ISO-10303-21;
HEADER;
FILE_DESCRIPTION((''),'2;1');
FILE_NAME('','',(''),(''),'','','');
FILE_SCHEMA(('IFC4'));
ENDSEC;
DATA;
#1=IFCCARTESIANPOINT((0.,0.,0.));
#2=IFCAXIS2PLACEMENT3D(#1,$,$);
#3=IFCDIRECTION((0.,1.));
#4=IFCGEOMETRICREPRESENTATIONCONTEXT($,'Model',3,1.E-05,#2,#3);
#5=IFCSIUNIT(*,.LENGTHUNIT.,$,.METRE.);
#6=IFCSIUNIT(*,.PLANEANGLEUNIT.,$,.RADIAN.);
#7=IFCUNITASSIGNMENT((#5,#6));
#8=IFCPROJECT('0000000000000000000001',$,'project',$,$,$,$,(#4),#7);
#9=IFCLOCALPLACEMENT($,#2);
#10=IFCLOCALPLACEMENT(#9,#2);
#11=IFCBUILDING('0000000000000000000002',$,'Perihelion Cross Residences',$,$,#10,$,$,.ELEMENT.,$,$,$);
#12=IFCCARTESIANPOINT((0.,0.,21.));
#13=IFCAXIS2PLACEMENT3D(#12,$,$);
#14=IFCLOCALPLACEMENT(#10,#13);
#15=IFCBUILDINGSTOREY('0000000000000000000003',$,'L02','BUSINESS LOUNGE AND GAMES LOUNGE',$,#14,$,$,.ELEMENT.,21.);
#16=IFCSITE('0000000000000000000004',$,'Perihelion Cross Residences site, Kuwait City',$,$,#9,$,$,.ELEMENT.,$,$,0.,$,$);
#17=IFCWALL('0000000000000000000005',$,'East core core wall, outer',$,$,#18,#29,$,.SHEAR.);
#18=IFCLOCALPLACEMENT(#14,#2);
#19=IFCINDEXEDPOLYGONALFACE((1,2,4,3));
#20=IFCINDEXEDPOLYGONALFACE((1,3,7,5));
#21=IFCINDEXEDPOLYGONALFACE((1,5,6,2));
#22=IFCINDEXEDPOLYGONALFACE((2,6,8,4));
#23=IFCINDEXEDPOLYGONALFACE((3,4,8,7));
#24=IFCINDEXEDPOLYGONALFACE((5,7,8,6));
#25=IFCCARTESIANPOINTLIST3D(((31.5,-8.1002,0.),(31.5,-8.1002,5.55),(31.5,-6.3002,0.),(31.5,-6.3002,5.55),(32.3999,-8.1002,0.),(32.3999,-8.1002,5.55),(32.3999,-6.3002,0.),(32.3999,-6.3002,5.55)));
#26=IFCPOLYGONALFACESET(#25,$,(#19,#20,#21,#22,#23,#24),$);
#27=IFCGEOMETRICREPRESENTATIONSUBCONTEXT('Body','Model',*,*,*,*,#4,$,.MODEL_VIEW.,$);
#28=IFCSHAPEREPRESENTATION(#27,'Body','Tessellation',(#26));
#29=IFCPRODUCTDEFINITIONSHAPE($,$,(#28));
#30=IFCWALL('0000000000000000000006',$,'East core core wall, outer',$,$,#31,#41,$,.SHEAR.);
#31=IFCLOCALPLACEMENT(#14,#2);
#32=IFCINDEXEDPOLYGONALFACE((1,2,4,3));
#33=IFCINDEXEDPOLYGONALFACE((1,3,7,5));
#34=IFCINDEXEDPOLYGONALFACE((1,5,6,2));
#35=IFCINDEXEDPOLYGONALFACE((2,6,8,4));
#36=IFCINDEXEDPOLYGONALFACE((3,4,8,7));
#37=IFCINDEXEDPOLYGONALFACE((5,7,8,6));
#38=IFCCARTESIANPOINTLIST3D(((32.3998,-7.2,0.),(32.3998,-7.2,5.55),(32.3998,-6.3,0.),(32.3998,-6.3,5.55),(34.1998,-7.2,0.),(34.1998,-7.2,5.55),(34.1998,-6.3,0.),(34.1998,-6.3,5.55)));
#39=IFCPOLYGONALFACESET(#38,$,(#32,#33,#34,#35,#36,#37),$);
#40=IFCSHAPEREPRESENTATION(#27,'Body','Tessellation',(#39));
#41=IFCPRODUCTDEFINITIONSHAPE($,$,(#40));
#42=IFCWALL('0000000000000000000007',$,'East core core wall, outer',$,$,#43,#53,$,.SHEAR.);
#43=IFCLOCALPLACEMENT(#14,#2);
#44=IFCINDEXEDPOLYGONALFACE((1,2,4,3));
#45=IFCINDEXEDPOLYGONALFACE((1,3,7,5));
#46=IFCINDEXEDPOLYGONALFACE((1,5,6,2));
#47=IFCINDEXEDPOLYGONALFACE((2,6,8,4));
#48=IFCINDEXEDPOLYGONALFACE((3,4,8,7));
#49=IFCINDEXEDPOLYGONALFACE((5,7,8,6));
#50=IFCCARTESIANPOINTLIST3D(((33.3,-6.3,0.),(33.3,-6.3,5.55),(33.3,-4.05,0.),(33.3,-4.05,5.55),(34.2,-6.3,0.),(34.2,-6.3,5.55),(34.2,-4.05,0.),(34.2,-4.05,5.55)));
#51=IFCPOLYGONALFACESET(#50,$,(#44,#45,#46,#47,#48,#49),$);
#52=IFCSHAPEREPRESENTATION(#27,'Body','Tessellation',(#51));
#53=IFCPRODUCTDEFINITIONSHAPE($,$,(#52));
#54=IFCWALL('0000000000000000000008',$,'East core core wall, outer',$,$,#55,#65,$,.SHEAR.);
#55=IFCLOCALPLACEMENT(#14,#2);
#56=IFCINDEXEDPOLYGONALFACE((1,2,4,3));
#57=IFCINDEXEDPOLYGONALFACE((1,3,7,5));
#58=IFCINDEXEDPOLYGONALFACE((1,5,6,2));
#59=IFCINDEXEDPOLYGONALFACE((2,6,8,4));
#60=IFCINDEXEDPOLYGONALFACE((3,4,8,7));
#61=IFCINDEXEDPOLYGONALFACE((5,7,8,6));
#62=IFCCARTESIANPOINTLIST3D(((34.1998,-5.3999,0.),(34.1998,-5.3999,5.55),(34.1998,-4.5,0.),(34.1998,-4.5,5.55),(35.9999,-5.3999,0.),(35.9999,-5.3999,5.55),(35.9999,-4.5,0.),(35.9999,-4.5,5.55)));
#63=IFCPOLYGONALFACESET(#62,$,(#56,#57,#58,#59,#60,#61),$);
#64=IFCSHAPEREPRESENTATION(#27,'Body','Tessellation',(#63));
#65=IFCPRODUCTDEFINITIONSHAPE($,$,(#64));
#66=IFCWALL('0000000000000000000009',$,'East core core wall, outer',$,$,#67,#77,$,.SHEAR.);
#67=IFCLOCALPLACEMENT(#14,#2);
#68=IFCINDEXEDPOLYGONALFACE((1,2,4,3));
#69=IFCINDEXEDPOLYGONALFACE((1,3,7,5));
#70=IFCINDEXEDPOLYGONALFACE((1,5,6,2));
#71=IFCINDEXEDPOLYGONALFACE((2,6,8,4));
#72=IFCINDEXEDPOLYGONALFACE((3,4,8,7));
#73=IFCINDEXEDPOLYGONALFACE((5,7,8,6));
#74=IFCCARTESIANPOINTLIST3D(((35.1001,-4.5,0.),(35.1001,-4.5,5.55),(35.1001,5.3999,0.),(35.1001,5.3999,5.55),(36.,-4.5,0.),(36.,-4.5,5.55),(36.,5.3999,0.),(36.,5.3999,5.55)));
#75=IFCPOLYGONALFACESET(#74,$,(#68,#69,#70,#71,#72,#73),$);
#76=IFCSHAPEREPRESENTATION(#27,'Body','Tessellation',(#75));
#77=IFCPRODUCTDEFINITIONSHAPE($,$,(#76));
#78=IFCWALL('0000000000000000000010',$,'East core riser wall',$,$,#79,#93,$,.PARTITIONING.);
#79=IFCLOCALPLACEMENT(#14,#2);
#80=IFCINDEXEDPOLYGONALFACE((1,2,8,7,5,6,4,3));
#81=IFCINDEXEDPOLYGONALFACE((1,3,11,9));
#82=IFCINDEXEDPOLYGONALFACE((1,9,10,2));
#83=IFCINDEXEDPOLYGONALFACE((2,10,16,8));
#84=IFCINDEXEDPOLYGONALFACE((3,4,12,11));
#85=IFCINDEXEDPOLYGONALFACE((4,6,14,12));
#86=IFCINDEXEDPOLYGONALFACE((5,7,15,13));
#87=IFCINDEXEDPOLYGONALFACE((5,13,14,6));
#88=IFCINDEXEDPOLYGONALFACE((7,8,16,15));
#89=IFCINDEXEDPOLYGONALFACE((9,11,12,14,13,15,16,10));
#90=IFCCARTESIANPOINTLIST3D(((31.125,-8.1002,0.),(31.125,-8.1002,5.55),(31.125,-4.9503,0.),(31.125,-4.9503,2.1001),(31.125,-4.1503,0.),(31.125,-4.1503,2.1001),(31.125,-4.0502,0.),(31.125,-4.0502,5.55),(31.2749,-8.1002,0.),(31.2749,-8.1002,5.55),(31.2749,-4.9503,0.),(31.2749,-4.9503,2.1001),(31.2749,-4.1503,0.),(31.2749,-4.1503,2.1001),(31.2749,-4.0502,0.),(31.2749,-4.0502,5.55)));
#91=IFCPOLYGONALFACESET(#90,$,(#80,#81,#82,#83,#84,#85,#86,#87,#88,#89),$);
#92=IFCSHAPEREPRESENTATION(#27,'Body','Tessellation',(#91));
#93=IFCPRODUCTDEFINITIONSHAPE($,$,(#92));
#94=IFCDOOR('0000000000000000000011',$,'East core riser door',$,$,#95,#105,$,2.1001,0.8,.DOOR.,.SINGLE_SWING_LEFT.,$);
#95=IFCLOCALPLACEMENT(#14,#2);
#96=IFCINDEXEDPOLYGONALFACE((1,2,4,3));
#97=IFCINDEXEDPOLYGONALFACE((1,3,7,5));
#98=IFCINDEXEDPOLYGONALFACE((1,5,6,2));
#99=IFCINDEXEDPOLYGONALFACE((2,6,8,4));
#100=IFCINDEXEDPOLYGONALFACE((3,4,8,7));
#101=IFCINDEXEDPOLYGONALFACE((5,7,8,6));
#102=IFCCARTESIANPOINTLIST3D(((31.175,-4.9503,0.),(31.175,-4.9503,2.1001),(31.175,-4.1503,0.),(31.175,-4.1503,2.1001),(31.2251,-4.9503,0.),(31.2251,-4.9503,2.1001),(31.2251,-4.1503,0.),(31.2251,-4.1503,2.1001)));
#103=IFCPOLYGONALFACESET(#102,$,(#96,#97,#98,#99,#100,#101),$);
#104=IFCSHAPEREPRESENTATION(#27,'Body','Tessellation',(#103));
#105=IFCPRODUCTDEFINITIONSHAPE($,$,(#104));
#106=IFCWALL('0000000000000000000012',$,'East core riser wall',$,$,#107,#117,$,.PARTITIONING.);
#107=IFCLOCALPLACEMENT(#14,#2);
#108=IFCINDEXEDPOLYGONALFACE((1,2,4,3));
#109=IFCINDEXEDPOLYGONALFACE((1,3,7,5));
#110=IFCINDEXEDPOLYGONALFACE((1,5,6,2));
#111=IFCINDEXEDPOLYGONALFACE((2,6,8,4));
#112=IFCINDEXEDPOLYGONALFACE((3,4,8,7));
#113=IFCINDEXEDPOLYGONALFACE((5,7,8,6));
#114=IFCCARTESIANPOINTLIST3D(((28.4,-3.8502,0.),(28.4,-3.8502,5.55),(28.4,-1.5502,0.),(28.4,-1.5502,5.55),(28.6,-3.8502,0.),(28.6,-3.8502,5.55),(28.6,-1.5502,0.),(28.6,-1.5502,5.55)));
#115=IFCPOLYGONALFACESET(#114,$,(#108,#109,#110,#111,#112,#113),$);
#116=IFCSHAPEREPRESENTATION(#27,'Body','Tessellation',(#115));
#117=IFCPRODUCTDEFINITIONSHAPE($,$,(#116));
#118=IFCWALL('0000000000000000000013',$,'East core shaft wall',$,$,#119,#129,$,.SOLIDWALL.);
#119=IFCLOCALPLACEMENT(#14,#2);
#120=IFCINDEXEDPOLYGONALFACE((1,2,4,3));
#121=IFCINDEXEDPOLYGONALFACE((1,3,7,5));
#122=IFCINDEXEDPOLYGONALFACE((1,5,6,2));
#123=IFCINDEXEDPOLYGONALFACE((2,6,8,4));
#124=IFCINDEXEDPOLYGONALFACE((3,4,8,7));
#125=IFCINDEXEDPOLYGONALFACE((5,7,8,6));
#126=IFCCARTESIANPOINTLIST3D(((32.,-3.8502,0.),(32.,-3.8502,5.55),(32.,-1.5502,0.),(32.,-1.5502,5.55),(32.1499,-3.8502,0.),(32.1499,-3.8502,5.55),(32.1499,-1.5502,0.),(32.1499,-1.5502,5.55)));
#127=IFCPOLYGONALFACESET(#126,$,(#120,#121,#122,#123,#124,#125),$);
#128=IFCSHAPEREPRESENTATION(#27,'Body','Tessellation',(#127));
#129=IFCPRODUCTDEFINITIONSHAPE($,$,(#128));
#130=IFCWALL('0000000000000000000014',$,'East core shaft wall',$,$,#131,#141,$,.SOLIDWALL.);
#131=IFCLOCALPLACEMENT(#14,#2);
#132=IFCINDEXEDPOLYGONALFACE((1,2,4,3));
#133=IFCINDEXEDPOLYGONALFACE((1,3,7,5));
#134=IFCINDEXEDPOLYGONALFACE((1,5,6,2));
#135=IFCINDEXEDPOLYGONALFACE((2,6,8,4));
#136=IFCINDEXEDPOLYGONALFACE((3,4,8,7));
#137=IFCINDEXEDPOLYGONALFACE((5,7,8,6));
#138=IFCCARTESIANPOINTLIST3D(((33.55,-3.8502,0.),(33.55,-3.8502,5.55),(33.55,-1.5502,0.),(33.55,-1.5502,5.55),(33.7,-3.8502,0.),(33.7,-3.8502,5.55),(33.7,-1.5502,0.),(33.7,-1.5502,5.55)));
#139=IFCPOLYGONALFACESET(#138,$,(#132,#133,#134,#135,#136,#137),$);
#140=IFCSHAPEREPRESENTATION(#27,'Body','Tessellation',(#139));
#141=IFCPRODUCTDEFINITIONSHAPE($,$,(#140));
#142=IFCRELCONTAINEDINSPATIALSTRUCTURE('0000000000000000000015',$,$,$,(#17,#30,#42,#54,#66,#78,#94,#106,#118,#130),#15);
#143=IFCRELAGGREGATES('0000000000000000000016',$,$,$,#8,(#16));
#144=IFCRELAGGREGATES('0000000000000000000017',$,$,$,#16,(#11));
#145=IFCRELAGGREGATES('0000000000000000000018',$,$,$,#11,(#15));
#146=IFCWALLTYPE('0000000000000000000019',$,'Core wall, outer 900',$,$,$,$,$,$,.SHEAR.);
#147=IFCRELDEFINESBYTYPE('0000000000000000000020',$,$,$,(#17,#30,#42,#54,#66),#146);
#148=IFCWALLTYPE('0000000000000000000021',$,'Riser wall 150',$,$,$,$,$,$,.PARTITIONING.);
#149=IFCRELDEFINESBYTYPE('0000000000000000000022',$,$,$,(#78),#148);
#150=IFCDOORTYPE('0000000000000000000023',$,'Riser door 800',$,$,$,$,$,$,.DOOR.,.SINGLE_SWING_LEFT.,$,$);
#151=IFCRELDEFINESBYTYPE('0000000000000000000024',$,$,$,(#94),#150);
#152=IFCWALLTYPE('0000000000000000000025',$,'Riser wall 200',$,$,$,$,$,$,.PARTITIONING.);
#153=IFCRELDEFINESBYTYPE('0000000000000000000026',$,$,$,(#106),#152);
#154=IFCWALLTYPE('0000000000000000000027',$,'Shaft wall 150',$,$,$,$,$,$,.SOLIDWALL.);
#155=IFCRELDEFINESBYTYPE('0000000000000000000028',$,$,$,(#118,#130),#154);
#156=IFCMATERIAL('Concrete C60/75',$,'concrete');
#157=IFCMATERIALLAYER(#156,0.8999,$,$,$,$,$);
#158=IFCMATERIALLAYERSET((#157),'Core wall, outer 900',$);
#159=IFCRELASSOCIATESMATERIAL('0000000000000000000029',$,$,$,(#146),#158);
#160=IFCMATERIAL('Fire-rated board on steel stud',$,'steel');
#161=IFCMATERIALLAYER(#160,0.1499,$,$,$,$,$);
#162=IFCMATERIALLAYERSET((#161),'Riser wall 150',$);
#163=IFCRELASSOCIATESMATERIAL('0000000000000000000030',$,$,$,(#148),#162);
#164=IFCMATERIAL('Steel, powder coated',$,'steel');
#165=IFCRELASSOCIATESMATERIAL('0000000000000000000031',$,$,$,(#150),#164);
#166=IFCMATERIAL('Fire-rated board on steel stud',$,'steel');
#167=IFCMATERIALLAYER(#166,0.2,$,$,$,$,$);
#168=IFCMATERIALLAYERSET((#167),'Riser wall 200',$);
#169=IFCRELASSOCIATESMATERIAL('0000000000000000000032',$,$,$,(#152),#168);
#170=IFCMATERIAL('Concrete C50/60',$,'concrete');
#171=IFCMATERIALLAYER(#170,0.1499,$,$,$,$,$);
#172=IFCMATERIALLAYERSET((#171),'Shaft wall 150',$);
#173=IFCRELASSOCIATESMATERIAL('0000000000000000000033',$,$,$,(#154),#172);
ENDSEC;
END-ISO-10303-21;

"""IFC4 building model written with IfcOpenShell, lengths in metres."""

from ifc_helpers import new_model, si_unit, direction, frame, frame_2d, origin, place, context, subcontext, project, spatial, rectangle, extrude, material, layer, layer_set, type_object, element, fill, save


model = new_model("IFC4")

# Units and contexts
model_context = context("Model", 3, precision=1e-05, world=origin(), true_north=direction((0.0, 1.0)))
body_context = subcontext(model_context, "Body", "Model", "MODEL_VIEW")
ifc_project = project(units=[si_unit("LENGTHUNIT", "METRE"), si_unit("PLANEANGLEUNIT", "RADIAN")], contexts=[model_context])

# Site, building, storey
site_placement = place(None, origin())
site = spatial("IfcSite", under=ifc_project, at=site_placement, Name="Perihelion Cross Residences site, Kuwait City", CompositionType="ELEMENT", RefElevation=0.0)
building_placement = place(site_placement, origin())
building = spatial("IfcBuilding", under=site, at=building_placement, Name="Perihelion Cross Residences", CompositionType="ELEMENT")
storey_placement = place(building_placement, frame((0.0, 0.0, 21.0)))
storey = spatial("IfcBuildingStorey", under=building, at=storey_placement, Name="L02", Description="BUSINESS LOUNGE AND GAMES LOUNGE", CompositionType="ELEMENT", Elevation=21.0)

# Walls
ifc_material_1 = material(Name="Concrete C60/75", Category="concrete")
ifc_layer_1 = layer(ifc_material_1, 0.8999)
ifc_layer_set_1 = layer_set([ifc_layer_1], Name="Core wall, outer 900")
wall_type_1 = type_object("IfcWallType", Name="Core wall, outer 900", PredefinedType="SHEAR", material=ifc_layer_set_1)
for number, where, z_axis, x_axis, name in (
    (1, (31.95, -8.1001, 0.0), (0.0, 0.0, 1.0), (0.0, 1.0, 0.0), "East core core wall, outer"),
    (2, (32.3999, -6.75, 0.0), (0.0, 0.0, 1.0), (1.0, 0.0, 0.0), "East core core wall, outer"),
):
    element("IfcWall", number, at=place(storey_placement, frame(where, z_axis=z_axis, x_axis=x_axis)), inside=storey, type_object=wall_type_1, Name=name, PredefinedType="SHEAR", context=body_context, shape_type="SweptSolid", body=[
        extrude(rectangle(XDim=1.8, YDim=0.8999, at=frame_2d((0.8999, 0.0))), origin(), (0.0, 0.0, 1.0), 5.55),
    ])
wall_1_placement = place(storey_placement, frame((33.75, -6.3, 0.0), z_axis=(0.0, 0.0, 1.0), x_axis=(0.0, 1.0, 0.0)))
element("IfcWall", 3, at=wall_1_placement, inside=storey, type_object=wall_type_1, Name="East core core wall, outer", PredefinedType="SHEAR", context=body_context, shape_type="SweptSolid", body=[
    extrude(rectangle(XDim=2.25, YDim=0.8999, at=frame_2d((1.125, 0.0))), origin(), (0.0, 0.0, 1.0), 5.55),
])
wall_2_placement = place(storey_placement, frame((34.2, -4.95, 0.0), z_axis=(0.0, 0.0, 1.0), x_axis=(1.0, 0.0, 0.0)))
element("IfcWall", 4, at=wall_2_placement, inside=storey, type_object=wall_type_1, Name="East core core wall, outer", PredefinedType="SHEAR", context=body_context, shape_type="SweptSolid", body=[
    extrude(rectangle(XDim=1.8, YDim=0.8999, at=frame_2d((0.8999, 0.0))), origin(), (0.0, 0.0, 1.0), 5.55),
])
wall_3_placement = place(storey_placement, frame((35.55, -4.5, 0.0), z_axis=(0.0, 0.0, 1.0), x_axis=(0.0, 1.0, 0.0)))
element("IfcWall", 5, at=wall_3_placement, inside=storey, type_object=wall_type_1, Name="East core core wall, outer", PredefinedType="SHEAR", context=body_context, shape_type="SweptSolid", body=[
    extrude(rectangle(XDim=9.8999, YDim=0.8999, at=frame_2d((4.95, 0.0))), origin(), (0.0, 0.0, 1.0), 5.55),
])

# Wall, opening, door
ifc_material_2 = material(Name="Fire-rated board on steel stud", Category="steel")
ifc_layer_2 = layer(ifc_material_2, 0.1499)
ifc_layer_set_2 = layer_set([ifc_layer_2], Name="Riser wall 150")
wall_type_2 = type_object("IfcWallType", Name="Riser wall 150", PredefinedType="PARTITIONING", material=ifc_layer_set_2)
wall_4_placement = place(storey_placement, frame((31.2, -8.1001, 0.0), z_axis=(0.0, 0.0, 1.0), x_axis=(0.0, 1.0, 0.0)))
wall_4 = element("IfcWall", 6, at=wall_4_placement, inside=storey, type_object=wall_type_2, Name="East core riser wall", PredefinedType="PARTITIONING", context=body_context, shape_type="SweptSolid", body=[
    extrude(rectangle(XDim=4.05, YDim=0.1499, at=frame_2d((2.0249, 0.0))), origin(), (0.0, 0.0, 1.0), 5.55),
])
opening_1_placement = place(wall_4_placement, frame((3.1499, 0.0, 0.0)))
opening_1 = element("IfcOpeningElement", 7, at=opening_1_placement, cuts=wall_4, PredefinedType="OPENING", context=body_context, shape_type="SweptSolid", body=[
    extrude(rectangle(XDim=0.8, YDim=2.1001, at=frame_2d((0.3999, 1.05))), frame((0.0, 0.085, 0.0), z_axis=(0.0, -1.0, 0.0), x_axis=(1.0, 0.0, 0.0)), (0.0, 0.0, 1.0), 0.1699),
])
ifc_material_3 = material(Name="Steel, powder coated", Category="steel")
door_type_1 = type_object("IfcDoorType", Name="Riser door 800", OperationType="SINGLE_SWING_LEFT", PredefinedType="DOOR", material=ifc_material_3)
door_1_placement = place(opening_1_placement, origin())
door_1 = element("IfcDoor", 8, at=door_1_placement, inside=storey, type_object=door_type_1, Name="East core riser door", OperationType="SINGLE_SWING_LEFT", OverallHeight=2.1001, OverallWidth=0.8, PredefinedType="DOOR", context=body_context, shape_type="SweptSolid", body=[
    extrude(rectangle(XDim=0.8, YDim=2.1001, at=frame_2d((0.3999, 1.05))), frame((0.0, 0.0249, 0.0), z_axis=(0.0, -1.0, 0.0), x_axis=(1.0, 0.0, 0.0)), (0.0, 0.0, 1.0), 0.05),
])
fill(opening_1, door_1)

# Walls
ifc_material_4 = material(Name="Fire-rated board on steel stud", Category="steel")
ifc_layer_3 = layer(ifc_material_4, 0.2)
ifc_layer_set_3 = layer_set([ifc_layer_3], Name="Riser wall 200")
wall_type_3 = type_object("IfcWallType", Name="Riser wall 200", PredefinedType="PARTITIONING", material=ifc_layer_set_3)
wall_5_placement = place(storey_placement, frame((28.5, -3.8501, 0.0), z_axis=(0.0, 0.0, 1.0), x_axis=(0.0, 1.0, 0.0)))
element("IfcWall", 9, at=wall_5_placement, inside=storey, type_object=wall_type_3, Name="East core riser wall", PredefinedType="PARTITIONING", context=body_context, shape_type="SweptSolid", body=[
    extrude(rectangle(XDim=2.3, YDim=0.2, at=frame_2d((1.1499, 0.0))), origin(), (0.0, 0.0, 1.0), 5.55),
])
ifc_material_5 = material(Name="Concrete C50/60", Category="concrete")
ifc_layer_4 = layer(ifc_material_5, 0.1499)
ifc_layer_set_4 = layer_set([ifc_layer_4], Name="Shaft wall 150")
wall_type_4 = type_object("IfcWallType", Name="Shaft wall 150", PredefinedType="SOLIDWALL", material=ifc_layer_set_4)
for number, where, z_axis, x_axis, name in (
    (10, (32.075, -3.8501, 0.0), (0.0, 0.0, 1.0), (0.0, 1.0, 0.0), "East core shaft wall"),
    (11, (33.625, -3.8501, 0.0), (0.0, 0.0, 1.0), (0.0, 1.0, 0.0), "East core shaft wall"),
):
    element("IfcWall", number, at=place(storey_placement, frame(where, z_axis=z_axis, x_axis=x_axis)), inside=storey, type_object=wall_type_4, Name=name, PredefinedType="SOLIDWALL", context=body_context, shape_type="SweptSolid", body=[
        extrude(rectangle(XDim=2.3, YDim=0.1499, at=frame_2d((1.1499, 0.0))), origin(), (0.0, 0.0, 1.0), 5.55),
    ])

save(model, "model.ifc")
